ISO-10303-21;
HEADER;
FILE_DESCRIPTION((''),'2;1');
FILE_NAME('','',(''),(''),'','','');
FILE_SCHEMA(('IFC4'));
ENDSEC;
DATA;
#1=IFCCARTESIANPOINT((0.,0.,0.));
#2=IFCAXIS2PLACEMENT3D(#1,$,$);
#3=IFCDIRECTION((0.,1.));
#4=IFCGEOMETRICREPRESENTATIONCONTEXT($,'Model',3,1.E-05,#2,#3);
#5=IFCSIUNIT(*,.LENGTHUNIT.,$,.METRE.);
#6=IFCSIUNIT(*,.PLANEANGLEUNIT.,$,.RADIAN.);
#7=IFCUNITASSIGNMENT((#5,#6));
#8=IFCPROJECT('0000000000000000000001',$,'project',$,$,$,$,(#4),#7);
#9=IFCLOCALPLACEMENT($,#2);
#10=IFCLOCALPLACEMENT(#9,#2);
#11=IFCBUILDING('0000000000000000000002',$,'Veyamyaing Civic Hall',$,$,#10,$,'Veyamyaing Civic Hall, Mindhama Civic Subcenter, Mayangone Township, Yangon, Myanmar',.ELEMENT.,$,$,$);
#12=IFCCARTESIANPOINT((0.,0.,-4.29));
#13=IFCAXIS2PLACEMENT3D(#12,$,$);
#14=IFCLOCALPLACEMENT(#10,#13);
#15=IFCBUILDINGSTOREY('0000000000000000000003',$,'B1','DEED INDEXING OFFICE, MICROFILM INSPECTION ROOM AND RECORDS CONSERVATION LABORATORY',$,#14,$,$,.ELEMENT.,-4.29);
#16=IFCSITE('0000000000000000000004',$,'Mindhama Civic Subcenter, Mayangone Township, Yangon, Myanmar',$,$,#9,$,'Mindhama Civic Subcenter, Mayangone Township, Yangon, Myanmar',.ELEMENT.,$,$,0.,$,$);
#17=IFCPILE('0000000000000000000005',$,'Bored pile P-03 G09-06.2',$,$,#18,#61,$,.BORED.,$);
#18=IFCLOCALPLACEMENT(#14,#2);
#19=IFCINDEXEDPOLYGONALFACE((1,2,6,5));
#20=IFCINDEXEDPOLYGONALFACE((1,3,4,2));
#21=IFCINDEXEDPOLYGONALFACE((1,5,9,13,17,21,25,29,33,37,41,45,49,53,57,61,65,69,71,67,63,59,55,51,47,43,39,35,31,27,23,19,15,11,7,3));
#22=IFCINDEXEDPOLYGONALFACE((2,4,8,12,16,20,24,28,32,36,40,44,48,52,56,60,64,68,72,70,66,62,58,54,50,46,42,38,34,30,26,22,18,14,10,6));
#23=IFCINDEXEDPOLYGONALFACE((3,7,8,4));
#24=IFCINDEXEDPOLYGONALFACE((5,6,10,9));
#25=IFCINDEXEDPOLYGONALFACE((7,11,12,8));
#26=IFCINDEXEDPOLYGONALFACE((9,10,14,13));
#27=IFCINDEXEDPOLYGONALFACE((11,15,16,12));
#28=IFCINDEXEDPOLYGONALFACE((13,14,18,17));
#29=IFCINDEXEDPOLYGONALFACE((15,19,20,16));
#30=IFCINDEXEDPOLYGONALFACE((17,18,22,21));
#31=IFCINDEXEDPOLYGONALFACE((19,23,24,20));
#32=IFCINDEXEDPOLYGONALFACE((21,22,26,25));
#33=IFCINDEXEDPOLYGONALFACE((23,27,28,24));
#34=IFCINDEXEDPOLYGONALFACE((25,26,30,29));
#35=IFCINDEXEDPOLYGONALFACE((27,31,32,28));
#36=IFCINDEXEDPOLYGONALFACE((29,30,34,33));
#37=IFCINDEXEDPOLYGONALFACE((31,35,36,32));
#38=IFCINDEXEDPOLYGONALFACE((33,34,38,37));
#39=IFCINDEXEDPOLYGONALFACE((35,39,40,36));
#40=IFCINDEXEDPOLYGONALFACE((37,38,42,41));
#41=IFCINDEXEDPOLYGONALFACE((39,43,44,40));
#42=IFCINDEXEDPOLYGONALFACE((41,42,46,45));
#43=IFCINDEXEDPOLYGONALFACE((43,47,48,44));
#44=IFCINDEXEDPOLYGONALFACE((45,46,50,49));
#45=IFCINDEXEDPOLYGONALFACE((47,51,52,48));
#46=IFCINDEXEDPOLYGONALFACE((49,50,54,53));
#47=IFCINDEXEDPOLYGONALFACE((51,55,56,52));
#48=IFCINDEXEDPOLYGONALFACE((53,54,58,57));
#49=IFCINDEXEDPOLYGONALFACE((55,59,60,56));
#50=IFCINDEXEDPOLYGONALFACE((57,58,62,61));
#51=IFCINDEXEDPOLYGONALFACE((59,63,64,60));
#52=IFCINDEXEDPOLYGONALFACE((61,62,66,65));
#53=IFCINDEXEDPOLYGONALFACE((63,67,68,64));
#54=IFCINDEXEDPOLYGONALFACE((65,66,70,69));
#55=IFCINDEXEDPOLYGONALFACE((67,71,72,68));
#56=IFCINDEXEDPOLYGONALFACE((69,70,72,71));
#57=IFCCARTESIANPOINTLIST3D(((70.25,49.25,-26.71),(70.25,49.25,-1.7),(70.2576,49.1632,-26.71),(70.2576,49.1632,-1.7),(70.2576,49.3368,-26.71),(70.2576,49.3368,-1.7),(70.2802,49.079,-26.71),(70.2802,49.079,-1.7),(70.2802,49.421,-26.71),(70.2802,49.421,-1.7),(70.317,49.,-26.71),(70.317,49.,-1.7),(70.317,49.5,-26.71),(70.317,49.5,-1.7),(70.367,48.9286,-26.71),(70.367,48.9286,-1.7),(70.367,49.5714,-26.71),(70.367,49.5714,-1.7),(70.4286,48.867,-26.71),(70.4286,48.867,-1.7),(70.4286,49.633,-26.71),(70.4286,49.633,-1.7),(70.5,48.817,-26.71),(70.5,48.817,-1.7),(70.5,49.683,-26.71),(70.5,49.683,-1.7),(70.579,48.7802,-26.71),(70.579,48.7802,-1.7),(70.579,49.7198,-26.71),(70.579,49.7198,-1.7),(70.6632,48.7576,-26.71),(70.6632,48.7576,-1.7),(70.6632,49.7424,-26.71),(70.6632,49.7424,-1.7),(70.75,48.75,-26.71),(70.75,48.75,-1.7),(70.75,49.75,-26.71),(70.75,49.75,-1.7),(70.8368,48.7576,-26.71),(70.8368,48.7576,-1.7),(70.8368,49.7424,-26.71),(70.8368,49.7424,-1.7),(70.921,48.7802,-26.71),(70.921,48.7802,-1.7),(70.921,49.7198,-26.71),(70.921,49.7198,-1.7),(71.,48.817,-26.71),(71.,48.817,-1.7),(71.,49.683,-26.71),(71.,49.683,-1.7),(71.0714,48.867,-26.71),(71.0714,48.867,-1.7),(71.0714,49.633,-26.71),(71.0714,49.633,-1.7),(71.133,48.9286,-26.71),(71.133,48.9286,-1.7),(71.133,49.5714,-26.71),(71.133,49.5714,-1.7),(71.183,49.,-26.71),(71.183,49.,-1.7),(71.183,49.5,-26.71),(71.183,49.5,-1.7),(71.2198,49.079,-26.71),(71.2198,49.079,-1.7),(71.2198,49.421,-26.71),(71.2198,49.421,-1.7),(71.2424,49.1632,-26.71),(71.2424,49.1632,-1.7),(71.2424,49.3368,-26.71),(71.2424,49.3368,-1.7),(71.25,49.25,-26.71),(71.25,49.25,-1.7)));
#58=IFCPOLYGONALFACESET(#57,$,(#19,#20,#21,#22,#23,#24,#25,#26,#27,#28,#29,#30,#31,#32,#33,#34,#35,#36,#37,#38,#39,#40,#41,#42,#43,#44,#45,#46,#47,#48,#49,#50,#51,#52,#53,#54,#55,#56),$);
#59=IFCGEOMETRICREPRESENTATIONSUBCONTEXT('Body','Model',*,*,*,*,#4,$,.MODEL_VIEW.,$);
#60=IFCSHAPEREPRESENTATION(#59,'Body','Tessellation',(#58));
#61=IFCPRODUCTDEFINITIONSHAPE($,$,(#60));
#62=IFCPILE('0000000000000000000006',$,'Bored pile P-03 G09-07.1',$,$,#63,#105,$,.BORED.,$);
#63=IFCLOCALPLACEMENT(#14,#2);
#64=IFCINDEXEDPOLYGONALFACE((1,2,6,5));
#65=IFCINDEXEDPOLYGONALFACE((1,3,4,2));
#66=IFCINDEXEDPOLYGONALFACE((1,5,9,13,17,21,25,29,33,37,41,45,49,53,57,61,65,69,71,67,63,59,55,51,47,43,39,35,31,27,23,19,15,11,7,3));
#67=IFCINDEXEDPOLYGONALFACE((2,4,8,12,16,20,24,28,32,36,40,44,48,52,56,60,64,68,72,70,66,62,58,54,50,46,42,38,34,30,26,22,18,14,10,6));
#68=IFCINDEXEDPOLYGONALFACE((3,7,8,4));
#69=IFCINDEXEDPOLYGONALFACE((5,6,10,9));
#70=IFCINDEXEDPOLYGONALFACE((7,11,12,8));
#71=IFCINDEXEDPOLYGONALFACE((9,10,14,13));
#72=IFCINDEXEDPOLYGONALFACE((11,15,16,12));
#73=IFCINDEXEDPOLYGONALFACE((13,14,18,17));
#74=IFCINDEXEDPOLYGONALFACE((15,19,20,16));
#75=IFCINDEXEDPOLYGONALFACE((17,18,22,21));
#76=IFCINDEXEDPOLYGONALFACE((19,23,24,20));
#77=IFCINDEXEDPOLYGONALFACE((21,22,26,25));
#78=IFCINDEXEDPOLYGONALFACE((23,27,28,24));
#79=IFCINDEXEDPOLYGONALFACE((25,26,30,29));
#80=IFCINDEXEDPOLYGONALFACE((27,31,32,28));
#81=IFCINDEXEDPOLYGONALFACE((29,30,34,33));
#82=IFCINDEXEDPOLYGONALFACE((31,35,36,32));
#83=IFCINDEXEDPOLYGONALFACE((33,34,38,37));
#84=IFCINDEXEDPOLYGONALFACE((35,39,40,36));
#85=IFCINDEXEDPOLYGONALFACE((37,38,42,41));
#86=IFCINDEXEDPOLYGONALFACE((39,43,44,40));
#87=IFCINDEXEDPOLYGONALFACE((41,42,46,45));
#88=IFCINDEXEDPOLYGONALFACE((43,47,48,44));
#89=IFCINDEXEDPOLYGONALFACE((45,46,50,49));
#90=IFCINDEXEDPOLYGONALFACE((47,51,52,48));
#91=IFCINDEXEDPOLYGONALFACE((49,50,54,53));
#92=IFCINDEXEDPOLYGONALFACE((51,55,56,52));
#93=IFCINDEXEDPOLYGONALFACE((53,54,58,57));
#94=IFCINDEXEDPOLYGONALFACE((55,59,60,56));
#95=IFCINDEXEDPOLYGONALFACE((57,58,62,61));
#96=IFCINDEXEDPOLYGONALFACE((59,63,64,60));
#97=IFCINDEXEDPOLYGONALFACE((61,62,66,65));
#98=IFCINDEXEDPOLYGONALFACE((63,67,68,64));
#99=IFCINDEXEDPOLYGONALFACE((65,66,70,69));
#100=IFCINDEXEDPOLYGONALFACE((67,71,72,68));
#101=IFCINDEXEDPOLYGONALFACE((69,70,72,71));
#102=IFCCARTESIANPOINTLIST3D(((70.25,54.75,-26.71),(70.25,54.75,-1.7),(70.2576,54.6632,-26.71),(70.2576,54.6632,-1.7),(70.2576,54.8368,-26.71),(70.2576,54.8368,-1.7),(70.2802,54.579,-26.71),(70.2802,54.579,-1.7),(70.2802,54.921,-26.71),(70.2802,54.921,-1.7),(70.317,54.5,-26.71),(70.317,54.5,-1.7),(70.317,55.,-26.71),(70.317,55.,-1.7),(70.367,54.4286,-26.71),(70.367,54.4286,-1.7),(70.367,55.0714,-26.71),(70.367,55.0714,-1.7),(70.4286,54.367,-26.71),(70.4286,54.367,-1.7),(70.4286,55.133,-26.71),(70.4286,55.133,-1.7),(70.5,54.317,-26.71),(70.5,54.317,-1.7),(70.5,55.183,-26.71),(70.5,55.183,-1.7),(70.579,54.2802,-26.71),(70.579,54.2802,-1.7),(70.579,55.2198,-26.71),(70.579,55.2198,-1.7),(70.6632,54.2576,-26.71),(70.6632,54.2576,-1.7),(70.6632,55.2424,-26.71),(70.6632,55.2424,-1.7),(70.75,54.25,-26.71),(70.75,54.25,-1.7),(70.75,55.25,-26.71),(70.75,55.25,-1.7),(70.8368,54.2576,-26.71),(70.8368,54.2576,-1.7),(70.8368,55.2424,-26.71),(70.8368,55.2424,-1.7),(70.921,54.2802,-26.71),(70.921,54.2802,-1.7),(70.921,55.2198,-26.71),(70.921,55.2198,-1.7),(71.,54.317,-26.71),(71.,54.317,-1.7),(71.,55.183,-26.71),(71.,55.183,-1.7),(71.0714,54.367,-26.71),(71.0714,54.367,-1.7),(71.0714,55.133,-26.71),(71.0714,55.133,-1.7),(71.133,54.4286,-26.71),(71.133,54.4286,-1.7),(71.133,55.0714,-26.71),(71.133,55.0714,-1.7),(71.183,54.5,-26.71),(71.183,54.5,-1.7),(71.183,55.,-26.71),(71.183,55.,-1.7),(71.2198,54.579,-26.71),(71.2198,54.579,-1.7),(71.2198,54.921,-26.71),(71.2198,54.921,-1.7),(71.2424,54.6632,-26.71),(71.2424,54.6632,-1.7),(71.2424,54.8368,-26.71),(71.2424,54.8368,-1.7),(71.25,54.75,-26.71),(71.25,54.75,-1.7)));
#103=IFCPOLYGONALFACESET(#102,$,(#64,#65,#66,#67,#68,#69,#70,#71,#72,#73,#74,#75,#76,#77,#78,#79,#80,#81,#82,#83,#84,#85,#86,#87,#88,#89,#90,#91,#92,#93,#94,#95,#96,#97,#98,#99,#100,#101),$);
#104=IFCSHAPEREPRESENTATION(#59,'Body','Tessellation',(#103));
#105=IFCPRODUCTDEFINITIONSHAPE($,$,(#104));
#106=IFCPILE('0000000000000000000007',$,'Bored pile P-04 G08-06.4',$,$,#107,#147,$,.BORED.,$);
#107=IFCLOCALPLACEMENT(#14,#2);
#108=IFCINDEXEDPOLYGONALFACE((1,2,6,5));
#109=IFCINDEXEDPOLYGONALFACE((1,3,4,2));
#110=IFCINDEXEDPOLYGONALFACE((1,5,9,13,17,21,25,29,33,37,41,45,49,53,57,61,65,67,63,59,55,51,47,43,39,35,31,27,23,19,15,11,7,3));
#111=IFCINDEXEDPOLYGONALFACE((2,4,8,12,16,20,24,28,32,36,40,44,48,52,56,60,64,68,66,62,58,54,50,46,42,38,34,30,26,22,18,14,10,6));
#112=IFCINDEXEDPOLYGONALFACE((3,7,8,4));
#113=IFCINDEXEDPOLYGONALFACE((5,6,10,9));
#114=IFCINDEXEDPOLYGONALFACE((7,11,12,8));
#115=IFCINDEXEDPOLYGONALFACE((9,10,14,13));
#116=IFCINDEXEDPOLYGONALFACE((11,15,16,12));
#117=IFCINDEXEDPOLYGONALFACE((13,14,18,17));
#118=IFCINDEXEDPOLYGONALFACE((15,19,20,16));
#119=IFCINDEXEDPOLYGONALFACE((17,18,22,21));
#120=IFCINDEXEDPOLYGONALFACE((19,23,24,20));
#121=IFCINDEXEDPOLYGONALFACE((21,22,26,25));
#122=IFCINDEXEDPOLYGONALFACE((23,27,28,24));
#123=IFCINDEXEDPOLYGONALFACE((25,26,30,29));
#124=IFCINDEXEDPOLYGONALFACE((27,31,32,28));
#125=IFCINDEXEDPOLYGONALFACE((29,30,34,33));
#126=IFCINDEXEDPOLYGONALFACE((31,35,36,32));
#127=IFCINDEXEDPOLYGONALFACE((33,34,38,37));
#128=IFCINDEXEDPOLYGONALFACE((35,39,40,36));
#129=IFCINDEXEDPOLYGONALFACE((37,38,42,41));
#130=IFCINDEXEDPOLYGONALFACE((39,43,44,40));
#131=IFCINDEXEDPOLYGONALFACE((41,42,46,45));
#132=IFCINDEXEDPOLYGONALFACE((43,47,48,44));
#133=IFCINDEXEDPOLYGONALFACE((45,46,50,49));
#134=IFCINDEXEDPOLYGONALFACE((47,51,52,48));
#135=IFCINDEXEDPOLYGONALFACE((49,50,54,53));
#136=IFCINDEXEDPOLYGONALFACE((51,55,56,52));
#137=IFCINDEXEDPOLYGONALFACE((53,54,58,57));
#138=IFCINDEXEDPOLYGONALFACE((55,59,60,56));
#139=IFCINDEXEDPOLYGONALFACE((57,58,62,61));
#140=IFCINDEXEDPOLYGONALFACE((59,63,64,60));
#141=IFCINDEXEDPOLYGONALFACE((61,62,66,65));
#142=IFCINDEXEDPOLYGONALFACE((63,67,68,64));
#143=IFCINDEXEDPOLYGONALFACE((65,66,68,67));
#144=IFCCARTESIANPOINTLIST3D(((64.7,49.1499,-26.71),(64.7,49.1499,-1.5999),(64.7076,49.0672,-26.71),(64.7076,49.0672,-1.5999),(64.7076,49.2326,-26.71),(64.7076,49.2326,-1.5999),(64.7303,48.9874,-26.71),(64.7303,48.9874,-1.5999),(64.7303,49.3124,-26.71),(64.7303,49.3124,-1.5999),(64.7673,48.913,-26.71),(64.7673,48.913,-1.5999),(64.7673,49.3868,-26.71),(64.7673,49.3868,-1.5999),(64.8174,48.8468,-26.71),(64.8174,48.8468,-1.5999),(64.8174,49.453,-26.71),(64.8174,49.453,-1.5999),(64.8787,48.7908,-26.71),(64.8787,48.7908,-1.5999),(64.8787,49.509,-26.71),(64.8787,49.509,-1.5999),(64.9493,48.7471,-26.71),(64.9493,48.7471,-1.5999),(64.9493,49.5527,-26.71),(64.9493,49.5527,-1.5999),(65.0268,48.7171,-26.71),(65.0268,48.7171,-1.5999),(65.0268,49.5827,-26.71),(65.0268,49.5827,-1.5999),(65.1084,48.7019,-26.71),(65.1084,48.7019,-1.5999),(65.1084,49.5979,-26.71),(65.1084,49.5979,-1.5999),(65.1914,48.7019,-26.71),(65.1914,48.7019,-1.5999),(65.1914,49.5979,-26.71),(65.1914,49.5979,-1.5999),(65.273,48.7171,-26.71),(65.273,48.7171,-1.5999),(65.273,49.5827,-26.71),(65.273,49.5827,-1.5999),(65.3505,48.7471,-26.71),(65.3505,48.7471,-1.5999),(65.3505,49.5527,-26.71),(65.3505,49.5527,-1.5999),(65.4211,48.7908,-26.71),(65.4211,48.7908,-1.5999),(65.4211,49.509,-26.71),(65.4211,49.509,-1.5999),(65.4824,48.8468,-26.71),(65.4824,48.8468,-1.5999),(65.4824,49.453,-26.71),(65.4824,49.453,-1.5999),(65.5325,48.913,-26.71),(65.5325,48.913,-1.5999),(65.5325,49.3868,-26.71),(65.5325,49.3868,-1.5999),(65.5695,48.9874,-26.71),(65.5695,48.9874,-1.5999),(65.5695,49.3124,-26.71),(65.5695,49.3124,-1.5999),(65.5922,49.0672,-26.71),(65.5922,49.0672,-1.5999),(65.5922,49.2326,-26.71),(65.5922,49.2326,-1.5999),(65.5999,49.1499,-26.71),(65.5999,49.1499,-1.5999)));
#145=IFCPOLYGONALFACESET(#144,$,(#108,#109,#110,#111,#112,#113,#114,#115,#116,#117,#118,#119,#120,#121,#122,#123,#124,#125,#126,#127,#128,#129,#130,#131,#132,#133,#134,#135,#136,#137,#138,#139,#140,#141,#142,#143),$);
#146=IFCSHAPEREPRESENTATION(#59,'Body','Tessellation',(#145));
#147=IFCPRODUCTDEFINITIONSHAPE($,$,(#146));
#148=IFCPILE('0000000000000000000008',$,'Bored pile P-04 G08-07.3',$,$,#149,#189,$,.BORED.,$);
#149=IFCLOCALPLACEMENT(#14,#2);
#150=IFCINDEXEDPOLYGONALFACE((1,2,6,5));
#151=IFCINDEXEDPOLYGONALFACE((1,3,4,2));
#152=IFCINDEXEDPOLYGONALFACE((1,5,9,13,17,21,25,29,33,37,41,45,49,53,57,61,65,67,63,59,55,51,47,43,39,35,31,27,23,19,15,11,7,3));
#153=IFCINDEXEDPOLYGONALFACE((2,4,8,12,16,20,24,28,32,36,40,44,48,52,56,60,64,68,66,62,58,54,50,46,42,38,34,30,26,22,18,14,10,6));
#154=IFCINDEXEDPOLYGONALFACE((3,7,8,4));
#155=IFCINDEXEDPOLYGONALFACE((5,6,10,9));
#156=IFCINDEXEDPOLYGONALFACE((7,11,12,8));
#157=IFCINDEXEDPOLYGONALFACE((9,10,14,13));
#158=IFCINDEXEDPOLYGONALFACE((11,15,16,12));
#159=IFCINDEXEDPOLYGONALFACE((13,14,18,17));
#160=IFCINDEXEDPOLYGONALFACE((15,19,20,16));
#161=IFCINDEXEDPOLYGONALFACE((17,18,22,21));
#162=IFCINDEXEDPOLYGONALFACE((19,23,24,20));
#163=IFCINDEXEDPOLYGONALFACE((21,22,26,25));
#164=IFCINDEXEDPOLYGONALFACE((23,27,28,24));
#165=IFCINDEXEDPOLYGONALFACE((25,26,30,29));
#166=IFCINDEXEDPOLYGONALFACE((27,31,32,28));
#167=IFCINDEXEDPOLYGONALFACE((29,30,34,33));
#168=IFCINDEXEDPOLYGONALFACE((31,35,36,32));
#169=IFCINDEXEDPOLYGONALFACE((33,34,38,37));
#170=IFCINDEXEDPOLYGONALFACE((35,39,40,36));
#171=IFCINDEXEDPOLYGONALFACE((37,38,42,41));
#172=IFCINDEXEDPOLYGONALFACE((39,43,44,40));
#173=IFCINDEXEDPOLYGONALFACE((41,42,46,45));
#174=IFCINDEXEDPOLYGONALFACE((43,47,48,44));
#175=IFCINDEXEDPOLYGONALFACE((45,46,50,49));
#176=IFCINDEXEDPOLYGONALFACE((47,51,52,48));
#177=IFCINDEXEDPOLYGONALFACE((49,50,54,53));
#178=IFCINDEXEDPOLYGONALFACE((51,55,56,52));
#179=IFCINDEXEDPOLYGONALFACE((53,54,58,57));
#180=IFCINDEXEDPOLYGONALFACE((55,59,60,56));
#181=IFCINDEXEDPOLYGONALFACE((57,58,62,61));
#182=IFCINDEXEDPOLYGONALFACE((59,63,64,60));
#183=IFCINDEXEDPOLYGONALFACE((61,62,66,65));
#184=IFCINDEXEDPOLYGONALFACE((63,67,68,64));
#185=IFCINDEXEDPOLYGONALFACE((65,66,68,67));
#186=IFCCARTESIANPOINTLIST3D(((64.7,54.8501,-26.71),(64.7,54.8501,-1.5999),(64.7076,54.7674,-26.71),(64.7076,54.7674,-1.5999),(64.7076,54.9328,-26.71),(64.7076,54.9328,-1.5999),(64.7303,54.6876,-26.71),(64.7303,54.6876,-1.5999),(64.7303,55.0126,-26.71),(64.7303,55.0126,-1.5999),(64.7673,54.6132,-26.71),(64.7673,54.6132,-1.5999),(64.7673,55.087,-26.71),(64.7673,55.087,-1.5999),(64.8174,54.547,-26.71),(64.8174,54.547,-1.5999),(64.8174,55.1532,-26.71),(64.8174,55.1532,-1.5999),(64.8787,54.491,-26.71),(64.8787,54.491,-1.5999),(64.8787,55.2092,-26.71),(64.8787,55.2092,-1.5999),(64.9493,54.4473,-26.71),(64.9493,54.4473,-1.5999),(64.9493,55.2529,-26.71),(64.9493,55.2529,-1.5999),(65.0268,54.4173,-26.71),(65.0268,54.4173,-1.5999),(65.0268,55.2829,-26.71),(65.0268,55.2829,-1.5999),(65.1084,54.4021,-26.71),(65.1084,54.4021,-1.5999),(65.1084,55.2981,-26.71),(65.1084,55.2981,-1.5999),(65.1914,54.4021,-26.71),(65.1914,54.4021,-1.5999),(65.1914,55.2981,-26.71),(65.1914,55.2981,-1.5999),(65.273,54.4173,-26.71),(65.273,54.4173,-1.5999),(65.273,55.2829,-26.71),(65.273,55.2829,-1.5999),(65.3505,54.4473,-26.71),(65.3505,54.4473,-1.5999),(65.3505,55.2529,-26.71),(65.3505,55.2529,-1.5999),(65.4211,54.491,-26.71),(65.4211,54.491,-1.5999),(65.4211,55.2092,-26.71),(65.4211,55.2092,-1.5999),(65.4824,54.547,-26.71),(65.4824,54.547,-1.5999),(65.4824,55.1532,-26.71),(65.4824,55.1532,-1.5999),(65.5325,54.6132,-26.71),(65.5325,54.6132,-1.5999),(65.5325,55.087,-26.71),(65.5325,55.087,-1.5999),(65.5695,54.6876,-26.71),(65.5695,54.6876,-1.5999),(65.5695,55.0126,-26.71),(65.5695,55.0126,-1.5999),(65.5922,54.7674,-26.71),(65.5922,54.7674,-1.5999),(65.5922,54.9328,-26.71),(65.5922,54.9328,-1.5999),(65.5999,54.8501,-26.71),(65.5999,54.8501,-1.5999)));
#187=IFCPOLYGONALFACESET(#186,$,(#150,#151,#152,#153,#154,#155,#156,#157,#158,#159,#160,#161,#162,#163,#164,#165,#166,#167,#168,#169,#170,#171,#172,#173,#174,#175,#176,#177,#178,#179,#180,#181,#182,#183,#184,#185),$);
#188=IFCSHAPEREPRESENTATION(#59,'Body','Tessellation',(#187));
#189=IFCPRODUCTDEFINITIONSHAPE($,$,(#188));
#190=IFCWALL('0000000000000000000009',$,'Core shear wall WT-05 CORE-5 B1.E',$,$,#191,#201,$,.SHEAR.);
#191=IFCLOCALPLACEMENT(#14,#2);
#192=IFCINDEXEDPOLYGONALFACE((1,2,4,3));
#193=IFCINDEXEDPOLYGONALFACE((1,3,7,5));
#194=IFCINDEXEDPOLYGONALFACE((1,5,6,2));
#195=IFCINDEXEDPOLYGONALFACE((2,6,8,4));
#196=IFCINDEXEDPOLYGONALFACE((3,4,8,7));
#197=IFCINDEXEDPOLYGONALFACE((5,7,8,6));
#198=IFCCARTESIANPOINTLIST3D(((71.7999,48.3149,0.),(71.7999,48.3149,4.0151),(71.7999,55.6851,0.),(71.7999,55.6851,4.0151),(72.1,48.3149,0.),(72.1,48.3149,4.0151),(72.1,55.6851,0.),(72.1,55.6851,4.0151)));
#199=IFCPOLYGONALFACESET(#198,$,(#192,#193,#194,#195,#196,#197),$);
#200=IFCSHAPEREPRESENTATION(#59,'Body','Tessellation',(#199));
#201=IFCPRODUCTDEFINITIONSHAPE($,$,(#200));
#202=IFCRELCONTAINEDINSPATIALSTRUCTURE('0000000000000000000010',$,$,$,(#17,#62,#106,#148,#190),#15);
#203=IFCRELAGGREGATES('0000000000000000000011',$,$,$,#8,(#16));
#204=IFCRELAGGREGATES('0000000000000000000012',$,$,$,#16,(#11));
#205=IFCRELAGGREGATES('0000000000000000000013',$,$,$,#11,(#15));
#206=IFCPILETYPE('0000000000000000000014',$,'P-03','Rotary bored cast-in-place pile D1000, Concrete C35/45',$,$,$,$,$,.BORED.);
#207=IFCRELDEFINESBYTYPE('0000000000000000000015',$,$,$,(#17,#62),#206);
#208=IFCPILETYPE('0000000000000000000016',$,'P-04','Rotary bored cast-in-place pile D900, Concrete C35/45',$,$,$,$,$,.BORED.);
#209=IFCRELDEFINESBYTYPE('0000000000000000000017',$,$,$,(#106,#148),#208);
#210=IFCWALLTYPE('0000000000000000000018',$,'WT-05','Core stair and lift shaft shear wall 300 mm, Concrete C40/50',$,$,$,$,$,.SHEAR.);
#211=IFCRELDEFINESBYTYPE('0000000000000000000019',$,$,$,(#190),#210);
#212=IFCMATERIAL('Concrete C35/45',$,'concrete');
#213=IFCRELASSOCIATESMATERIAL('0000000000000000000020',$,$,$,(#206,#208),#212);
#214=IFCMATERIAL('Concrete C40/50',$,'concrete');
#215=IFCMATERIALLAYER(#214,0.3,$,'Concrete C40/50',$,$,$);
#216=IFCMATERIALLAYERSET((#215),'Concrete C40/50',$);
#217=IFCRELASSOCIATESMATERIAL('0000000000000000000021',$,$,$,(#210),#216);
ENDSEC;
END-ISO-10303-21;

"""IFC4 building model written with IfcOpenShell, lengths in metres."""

from ifc_helpers import new_model, si_unit, direction, frame, frame_2d, origin, origin_2d, place, context, subcontext, project, spatial, rectangle, circle, extrude, material, layer, layer_set, material_profile, profile_set, type_object, element, save


model = new_model("IFC4")

# Units and contexts
model_context = context("Model", 3, precision=1e-05, world=origin(), true_north=direction((0.0, 1.0)))
body_context = subcontext(model_context, "Body", "Model", "MODEL_VIEW")
ifc_project = project(units=[si_unit("LENGTHUNIT", "METRE"), si_unit("PLANEANGLEUNIT", "RADIAN")], contexts=[model_context])

# Site, building, storey
site_placement = place(None, origin())
site = spatial("IfcSite", under=ifc_project, at=site_placement, Name="Mindhama Civic Subcenter, Mayangone Township, Yangon, Myanmar", LongName="Mindhama Civic Subcenter, Mayangone Township, Yangon, Myanmar", CompositionType="ELEMENT", RefElevation=0.0)
building_placement = place(site_placement, origin())
building = spatial("IfcBuilding", under=site, at=building_placement, Name="Veyamyaing Civic Hall", LongName="Veyamyaing Civic Hall, Mindhama Civic Subcenter, Mayangone Township, Yangon, Myanmar", CompositionType="ELEMENT")
storey_placement = place(building_placement, frame((0.0, 0.0, -4.29)))
storey = spatial("IfcBuildingStorey", under=building, at=storey_placement, Name="B1", Description="DEED INDEXING OFFICE, MICROFILM INSPECTION ROOM AND RECORDS CONSERVATION LABORATORY", CompositionType="ELEMENT", Elevation=-4.29)

# Piles
ifc_material_1 = material(Name="Concrete C35/45", Category="concrete")
ifc_material_profile_1 = material_profile(ifc_material_1, circle(Radius=0.5, at=origin_2d()), Name="PILE-D1000")
ifc_profile_set_1 = profile_set([ifc_material_profile_1], Name="Concrete C35/45")
pile_type_1 = type_object("IfcPileType", Name="P-03", Description="Rotary bored cast-in-place pile D1000, Concrete C35/45", PredefinedType="BORED", material=ifc_profile_set_1)
for number, where, z_axis, x_axis, name in (
    (1, (70.75, 49.25, -1.7), (0.0, 0.0, -1.0), (1.0, 0.0, 0.0), "Bored pile P-03 G09-06.2"),
    (2, (70.75, 54.75, -1.7), (0.0, 0.0, -1.0), (1.0, 0.0, 0.0), "Bored pile P-03 G09-07.1"),
):
    element("IfcPile", number, at=place(storey_placement, frame(where, z_axis=z_axis, x_axis=x_axis)), inside=storey, type_object=pile_type_1, Name=name, PredefinedType="BORED", context=body_context, shape_type="SweptSolid", body=[
        extrude(circle(Radius=0.5, at=origin_2d()), origin(), (0.0, 0.0, 1.0), 25.01),
    ])
ifc_material_profile_2 = material_profile(ifc_material_1, circle(Radius=0.45, at=origin_2d()), Name="PILE-D900")
ifc_profile_set_2 = profile_set([ifc_material_profile_2], Name="Concrete C35/45")
pile_type_2 = type_object("IfcPileType", Name="P-04", Description="Rotary bored cast-in-place pile D900, Concrete C35/45", PredefinedType="BORED", material=ifc_profile_set_2)
for number, where, z_axis, x_axis, name in (
    (3, (65.1499, 49.1499, -1.5999), (0.0, 0.0, -1.0), (1.0, 0.0, 0.0), "Bored pile P-04 G08-06.4"),
    (4, (65.1499, 54.8501, -1.5999), (0.0, 0.0, -1.0), (1.0, 0.0, 0.0), "Bored pile P-04 G08-07.3"),
):
    element("IfcPile", number, at=place(storey_placement, frame(where, z_axis=z_axis, x_axis=x_axis)), inside=storey, type_object=pile_type_2, Name=name, PredefinedType="BORED", context=body_context, shape_type="SweptSolid", body=[
        extrude(circle(Radius=0.45, at=origin_2d()), origin(), (0.0, 0.0, 1.0), 25.1101),
    ])

# Wall
ifc_material_2 = material(Name="Concrete C40/50", Category="concrete")
ifc_layer_1 = layer(ifc_material_2, 0.3, Name="Concrete C40/50")
ifc_layer_set_1 = layer_set([ifc_layer_1], Name="Concrete C40/50")
wall_type_1 = type_object("IfcWallType", Name="WT-05", Description="Core stair and lift shaft shear wall 300 mm, Concrete C40/50", PredefinedType="SHEAR", material=ifc_layer_set_1)
wall_1_placement = place(storey_placement, frame((71.95, 48.3149, 0.0), z_axis=(0.0, 0.0, 1.0), x_axis=(0.0, 1.0, 0.0)))
element("IfcWall", 5, at=wall_1_placement, inside=storey, type_object=wall_type_1, Name="Core shear wall WT-05 CORE-5 B1.E", PredefinedType="SHEAR", context=body_context, shape_type="SweptSolid", body=[
    extrude(rectangle(XDim=7.3701, YDim=0.3, at=frame_2d((3.6851, 0.0))), origin(), (0.0, 0.0, 1.0), 4.0151),
])

save(model, "model.ifc")
